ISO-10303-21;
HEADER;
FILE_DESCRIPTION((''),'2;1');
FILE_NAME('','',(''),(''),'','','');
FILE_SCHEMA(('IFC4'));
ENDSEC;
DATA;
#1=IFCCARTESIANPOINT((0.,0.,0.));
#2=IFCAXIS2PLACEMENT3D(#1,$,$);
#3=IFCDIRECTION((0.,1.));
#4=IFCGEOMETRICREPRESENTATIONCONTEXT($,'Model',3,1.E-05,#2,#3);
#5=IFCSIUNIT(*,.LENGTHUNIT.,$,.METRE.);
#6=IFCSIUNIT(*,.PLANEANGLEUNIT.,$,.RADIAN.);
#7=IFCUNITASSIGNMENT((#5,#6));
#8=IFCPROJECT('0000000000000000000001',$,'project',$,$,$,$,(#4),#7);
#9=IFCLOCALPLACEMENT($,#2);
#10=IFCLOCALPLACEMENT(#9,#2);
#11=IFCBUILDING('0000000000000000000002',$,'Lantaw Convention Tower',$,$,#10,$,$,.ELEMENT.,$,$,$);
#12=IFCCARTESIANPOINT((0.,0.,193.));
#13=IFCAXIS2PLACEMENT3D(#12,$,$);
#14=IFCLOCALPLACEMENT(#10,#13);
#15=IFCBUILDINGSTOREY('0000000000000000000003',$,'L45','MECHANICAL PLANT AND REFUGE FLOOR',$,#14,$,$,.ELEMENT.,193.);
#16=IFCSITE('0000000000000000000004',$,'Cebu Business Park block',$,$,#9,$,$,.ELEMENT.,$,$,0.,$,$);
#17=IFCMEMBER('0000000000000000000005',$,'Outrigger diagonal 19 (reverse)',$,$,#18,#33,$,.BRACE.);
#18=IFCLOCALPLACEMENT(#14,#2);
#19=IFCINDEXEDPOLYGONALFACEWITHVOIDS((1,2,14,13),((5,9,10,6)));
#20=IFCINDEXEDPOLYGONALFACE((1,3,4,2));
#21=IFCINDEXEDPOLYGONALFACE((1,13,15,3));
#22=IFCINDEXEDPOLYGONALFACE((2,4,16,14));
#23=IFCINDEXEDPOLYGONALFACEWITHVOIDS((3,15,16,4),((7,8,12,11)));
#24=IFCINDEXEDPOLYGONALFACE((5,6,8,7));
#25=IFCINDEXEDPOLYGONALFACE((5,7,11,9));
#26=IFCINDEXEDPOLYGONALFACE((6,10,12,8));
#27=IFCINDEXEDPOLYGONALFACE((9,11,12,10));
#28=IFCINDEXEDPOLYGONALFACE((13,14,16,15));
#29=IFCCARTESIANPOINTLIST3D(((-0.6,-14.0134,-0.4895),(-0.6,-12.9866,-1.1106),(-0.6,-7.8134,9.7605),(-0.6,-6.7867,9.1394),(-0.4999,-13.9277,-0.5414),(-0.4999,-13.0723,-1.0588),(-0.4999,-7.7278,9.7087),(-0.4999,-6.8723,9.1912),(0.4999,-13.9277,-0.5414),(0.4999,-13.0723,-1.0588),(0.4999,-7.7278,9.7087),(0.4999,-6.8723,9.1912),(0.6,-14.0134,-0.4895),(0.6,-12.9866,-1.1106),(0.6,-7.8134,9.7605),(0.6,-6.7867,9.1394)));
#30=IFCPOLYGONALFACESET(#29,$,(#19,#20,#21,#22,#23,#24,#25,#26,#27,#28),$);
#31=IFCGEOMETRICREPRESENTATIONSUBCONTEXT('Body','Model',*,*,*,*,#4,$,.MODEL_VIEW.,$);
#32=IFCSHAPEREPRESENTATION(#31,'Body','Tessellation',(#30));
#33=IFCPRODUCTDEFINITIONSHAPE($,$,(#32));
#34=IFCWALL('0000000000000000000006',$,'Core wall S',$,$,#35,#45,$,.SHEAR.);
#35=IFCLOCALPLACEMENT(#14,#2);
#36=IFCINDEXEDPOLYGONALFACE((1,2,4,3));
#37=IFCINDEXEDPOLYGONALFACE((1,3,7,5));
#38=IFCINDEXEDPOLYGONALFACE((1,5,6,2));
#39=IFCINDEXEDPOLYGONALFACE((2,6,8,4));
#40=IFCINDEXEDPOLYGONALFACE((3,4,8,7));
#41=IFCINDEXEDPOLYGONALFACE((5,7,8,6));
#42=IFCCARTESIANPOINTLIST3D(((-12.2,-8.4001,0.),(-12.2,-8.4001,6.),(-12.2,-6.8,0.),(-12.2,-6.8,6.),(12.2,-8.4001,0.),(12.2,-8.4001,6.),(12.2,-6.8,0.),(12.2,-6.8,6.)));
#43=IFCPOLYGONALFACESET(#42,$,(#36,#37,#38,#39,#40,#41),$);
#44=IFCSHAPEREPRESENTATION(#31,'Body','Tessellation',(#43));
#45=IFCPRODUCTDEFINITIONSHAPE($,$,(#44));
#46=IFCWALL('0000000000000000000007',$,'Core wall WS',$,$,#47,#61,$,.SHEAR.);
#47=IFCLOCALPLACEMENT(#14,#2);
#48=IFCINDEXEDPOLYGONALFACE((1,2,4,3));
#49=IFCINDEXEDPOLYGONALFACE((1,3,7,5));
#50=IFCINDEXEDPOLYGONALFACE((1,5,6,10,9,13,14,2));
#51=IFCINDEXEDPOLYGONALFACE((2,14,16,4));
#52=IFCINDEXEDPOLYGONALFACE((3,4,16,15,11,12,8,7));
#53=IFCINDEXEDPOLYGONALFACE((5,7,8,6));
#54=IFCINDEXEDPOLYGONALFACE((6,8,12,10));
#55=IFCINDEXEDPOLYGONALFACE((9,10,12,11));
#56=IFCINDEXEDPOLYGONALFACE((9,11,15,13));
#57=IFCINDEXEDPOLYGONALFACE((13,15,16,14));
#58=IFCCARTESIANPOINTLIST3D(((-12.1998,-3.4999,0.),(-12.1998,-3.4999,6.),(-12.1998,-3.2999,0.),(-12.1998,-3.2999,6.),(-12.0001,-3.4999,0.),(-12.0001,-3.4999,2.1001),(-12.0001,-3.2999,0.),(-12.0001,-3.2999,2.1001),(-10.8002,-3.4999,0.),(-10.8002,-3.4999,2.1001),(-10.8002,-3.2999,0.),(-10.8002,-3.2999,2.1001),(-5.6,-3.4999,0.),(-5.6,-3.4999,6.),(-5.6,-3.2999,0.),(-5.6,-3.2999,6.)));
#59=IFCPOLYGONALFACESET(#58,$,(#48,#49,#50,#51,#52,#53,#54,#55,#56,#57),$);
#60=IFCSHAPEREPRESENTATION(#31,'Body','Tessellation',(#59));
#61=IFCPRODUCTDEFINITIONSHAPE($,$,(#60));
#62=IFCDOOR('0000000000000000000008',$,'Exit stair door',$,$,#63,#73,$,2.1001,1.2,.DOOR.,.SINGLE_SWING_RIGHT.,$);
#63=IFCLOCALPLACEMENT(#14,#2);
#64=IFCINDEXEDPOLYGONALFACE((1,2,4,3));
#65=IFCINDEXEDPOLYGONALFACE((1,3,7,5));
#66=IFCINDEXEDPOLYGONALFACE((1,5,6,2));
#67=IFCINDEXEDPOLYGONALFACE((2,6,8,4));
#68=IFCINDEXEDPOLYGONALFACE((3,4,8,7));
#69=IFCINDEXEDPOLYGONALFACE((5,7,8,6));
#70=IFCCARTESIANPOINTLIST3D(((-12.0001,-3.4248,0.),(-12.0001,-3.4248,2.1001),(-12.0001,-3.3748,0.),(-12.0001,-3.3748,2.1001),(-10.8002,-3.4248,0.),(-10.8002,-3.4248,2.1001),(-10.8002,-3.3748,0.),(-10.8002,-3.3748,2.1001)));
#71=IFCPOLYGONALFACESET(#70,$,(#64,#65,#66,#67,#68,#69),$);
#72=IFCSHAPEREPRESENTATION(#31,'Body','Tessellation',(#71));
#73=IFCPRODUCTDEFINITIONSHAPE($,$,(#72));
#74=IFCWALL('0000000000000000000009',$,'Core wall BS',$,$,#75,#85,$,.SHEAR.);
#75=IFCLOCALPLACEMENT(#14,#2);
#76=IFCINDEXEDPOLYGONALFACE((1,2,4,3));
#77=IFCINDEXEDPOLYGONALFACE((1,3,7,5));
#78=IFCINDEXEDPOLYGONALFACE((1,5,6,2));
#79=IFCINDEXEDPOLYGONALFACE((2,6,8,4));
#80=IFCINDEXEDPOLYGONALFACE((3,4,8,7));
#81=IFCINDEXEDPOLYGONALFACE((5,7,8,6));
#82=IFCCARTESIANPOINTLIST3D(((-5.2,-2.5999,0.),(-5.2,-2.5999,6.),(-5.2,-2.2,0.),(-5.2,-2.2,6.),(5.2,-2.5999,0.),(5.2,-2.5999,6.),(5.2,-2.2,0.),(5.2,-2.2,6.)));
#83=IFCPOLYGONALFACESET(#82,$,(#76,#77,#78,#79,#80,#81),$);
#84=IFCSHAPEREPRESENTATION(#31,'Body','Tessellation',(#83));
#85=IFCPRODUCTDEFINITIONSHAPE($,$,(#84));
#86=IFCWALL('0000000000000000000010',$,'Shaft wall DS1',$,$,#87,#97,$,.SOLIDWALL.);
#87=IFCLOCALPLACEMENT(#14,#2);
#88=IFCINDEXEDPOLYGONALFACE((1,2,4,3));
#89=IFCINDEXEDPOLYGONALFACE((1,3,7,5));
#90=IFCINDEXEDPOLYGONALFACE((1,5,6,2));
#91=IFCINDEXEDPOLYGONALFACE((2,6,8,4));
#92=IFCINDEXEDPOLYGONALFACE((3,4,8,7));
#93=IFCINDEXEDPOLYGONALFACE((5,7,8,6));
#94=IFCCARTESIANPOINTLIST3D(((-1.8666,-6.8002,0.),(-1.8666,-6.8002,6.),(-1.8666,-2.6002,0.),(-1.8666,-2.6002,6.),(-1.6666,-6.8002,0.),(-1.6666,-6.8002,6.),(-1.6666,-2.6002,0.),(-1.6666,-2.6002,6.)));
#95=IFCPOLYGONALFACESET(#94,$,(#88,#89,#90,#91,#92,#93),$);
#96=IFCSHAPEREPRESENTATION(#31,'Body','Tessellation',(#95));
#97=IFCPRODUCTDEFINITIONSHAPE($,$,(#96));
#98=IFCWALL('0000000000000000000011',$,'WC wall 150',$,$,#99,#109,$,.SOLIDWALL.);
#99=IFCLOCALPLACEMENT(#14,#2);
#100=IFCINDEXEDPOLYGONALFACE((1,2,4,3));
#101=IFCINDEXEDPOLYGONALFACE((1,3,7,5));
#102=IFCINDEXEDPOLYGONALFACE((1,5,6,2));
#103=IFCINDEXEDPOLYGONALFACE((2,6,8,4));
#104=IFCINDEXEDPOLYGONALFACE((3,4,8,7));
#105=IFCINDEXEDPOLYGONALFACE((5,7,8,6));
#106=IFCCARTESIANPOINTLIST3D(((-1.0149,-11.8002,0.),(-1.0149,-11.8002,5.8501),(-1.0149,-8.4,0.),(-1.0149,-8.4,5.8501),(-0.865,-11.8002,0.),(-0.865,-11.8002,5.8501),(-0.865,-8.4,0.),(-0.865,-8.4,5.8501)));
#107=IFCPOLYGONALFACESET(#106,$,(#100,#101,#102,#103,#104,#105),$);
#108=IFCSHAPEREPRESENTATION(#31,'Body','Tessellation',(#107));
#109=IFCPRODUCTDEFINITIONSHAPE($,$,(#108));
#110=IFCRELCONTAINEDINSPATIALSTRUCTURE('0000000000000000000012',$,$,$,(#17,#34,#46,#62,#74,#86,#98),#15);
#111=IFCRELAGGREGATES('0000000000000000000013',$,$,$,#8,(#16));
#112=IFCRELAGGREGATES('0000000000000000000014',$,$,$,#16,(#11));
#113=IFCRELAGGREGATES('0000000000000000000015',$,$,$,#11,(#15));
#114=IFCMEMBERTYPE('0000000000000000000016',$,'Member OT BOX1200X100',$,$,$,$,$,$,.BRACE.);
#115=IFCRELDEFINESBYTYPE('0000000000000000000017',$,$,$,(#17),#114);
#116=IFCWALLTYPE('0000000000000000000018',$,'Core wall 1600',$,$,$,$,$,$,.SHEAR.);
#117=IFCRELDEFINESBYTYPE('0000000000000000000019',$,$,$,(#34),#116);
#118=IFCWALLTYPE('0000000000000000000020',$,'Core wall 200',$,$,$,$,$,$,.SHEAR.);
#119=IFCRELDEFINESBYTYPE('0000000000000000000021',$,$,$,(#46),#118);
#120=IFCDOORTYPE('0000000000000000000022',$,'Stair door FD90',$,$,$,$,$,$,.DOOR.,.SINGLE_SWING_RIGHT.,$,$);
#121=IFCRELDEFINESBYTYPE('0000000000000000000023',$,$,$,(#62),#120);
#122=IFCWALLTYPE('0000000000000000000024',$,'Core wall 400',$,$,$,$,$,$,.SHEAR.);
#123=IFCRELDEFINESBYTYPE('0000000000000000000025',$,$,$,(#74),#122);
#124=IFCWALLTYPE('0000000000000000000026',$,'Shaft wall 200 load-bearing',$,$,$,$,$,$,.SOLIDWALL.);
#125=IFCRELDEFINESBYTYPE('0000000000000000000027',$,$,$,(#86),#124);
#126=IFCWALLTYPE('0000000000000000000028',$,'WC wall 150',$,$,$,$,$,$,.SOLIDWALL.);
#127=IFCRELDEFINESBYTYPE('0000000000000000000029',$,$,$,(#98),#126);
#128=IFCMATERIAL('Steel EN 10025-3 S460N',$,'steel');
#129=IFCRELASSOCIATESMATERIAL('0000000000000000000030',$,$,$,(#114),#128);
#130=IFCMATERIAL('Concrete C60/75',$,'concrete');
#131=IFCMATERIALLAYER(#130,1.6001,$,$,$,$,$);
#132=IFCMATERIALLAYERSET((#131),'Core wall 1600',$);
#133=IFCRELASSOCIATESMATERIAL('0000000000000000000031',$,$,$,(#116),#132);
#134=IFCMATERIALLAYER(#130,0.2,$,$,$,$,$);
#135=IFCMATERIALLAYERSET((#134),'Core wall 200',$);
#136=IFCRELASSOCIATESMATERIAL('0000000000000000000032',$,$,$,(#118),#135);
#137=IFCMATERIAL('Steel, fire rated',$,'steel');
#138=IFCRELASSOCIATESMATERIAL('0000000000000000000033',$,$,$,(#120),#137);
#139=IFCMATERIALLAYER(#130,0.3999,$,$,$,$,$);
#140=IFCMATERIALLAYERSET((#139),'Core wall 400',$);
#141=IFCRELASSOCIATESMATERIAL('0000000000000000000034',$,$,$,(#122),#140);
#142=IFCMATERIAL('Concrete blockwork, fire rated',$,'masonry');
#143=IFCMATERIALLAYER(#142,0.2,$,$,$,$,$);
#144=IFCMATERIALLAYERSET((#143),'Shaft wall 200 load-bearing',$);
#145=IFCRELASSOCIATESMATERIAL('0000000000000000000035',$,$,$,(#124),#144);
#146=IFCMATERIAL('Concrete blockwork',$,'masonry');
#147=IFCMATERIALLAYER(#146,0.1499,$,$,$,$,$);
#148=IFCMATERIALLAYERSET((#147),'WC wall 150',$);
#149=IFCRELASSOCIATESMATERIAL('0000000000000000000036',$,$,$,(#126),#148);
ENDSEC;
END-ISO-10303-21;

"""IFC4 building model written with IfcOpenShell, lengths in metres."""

from ifc_helpers import new_model, si_unit, direction, frame, frame_2d, origin, origin_2d, place, context, subcontext, project, spatial, rectangle, hollow_rectangle, extrude, material, layer, layer_set, material_profile, profile_set, type_object, element, fill, save


model = new_model("IFC4")

# Units and contexts
model_context = context("Model", 3, precision=1e-05, world=origin(), true_north=direction((0.0, 1.0)))
body_context = subcontext(model_context, "Body", "Model", "MODEL_VIEW")
ifc_project = project(units=[si_unit("LENGTHUNIT", "METRE"), si_unit("PLANEANGLEUNIT", "RADIAN")], contexts=[model_context])

# Site, building, storey
site_placement = place(None, origin())
site = spatial("IfcSite", under=ifc_project, at=site_placement, Name="Cebu Business Park block", CompositionType="ELEMENT", RefElevation=0.0)
building_placement = place(site_placement, origin())
building = spatial("IfcBuilding", under=site, at=building_placement, Name="Lantaw Convention Tower", CompositionType="ELEMENT")
storey_placement = place(building_placement, frame((0.0, 0.0, 193.0)))
storey = spatial("IfcBuildingStorey", under=building, at=storey_placement, Name="L45", Description="MECHANICAL PLANT AND REFUGE FLOOR", CompositionType="ELEMENT", Elevation=193.0)

# Shared definitions
ifc_material_1 = material(Name="Steel EN 10025-3 S460N", Category="steel")

# Member
ifc_material_profile_1 = material_profile(ifc_material_1, hollow_rectangle(XDim=1.2, YDim=1.2, WallThickness=0.1001, at=origin_2d()), Name="BOX1200X100")
ifc_profile_set_1 = profile_set([ifc_material_profile_1], Name="Steel EN 10025-3 S460N")
member_type = type_object("IfcMemberType", Name="Member OT BOX1200X100", PredefinedType="BRACE", material=ifc_profile_set_1)
member_1_placement = place(storey_placement, frame((0.0, -7.3, 9.45), z_axis=(0.0, -0.517559, -0.855648), x_axis=(1.0, 0.0, 0.0)))
element("IfcMember", 1, at=member_1_placement, inside=storey, type_object=member_type, Name="Outrigger diagonal 19 (reverse)", PredefinedType="BRACE", context=body_context, shape_type="SweptSolid", body=[
    extrude(hollow_rectangle(XDim=1.2, YDim=1.2, WallThickness=0.1001, at=origin_2d()), origin(), (0.0, 0.0, 1.0), 11.9792),
])

# Wall
ifc_material_2 = material(Name="Concrete C60/75", Category="concrete")
ifc_layer_1 = layer(ifc_material_2, 1.6001)
ifc_layer_set_1 = layer_set([ifc_layer_1], Name="Core wall 1600")
wall_type_1 = type_object("IfcWallType", Name="Core wall 1600", PredefinedType="SHEAR", material=ifc_layer_set_1)
wall_1_placement = place(storey_placement, frame((-12.2, -7.6001, 0.0), z_axis=(0.0, 0.0, 1.0), x_axis=(1.0, 0.0, 0.0)))
element("IfcWall", 2, at=wall_1_placement, inside=storey, type_object=wall_type_1, Name="Core wall S", PredefinedType="SHEAR", context=body_context, shape_type="SweptSolid", body=[
    extrude(rectangle(XDim=24.3999, YDim=1.6001, at=frame_2d((12.2, 0.0))), origin(), (0.0, 0.0, 1.0), 6.0),
])

# Wall, opening, door
ifc_layer_2 = layer(ifc_material_2, 0.2)
ifc_layer_set_2 = layer_set([ifc_layer_2], Name="Core wall 200")
wall_type_2 = type_object("IfcWallType", Name="Core wall 200", PredefinedType="SHEAR", material=ifc_layer_set_2)
wall_2_placement = place(storey_placement, frame((-5.6001, -3.3999, 0.0), z_axis=(0.0, 0.0, 1.0), x_axis=(-1.0, 0.0, 0.0)))
wall_2 = element("IfcWall", 3, at=wall_2_placement, inside=storey, type_object=wall_type_2, Name="Core wall WS", PredefinedType="SHEAR", context=body_context, shape_type="SweptSolid", body=[
    extrude(rectangle(XDim=6.5999, YDim=0.2, at=frame_2d((3.2998, 0.0))), origin(), (0.0, 0.0, 1.0), 6.0),
])
opening_placement = place(wall_2_placement, frame((5.2, 0.0, 0.0)))
opening = element("IfcOpeningElement", 4, at=opening_placement, cuts=wall_2, PredefinedType="OPENING", context=body_context, shape_type="SweptSolid", body=[
    extrude(rectangle(XDim=1.2, YDim=2.1001, at=frame_2d((0.6001, 1.05))), frame((0.0, 0.1099, 0.0), z_axis=(0.0, -1.0, 0.0), x_axis=(1.0, 0.0, 0.0)), (0.0, 0.0, 1.0), 0.22),
])
ifc_material_3 = material(Name="Steel, fire rated", Category="steel")
door_type = type_object("IfcDoorType", Name="Stair door FD90", OperationType="SINGLE_SWING_RIGHT", PredefinedType="DOOR", material=ifc_material_3)
door_placement = place(opening_placement, origin())
door = element("IfcDoor", 5, at=door_placement, inside=storey, type_object=door_type, Name="Exit stair door", OperationType="SINGLE_SWING_RIGHT", OverallHeight=2.1001, OverallWidth=1.2, PredefinedType="DOOR", context=body_context, shape_type="SweptSolid", body=[
    extrude(rectangle(XDim=1.2, YDim=2.1001, at=frame_2d((0.6001, 1.05))), frame((0.0, 0.0249, 0.0), z_axis=(0.0, -1.0, 0.0), x_axis=(1.0, 0.0, 0.0)), (0.0, 0.0, 1.0), 0.05),
])
fill(opening, door)

# Walls
ifc_layer_3 = layer(ifc_material_2, 0.3999)
ifc_layer_set_3 = layer_set([ifc_layer_3], Name="Core wall 400")
wall_type_3 = type_object("IfcWallType", Name="Core wall 400", PredefinedType="SHEAR", material=ifc_layer_set_3)
wall_3_placement = place(storey_placement, frame((-5.2, -2.3999, 0.0), z_axis=(0.0, 0.0, 1.0), x_axis=(1.0, 0.0, 0.0)))
element("IfcWall", 6, at=wall_3_placement, inside=storey, type_object=wall_type_3, Name="Core wall BS", PredefinedType="SHEAR", context=body_context, shape_type="SweptSolid", body=[
    extrude(rectangle(XDim=10.3999, YDim=0.3999, at=frame_2d((5.2, 0.0))), origin(), (0.0, 0.0, 1.0), 6.0),
])
ifc_material_4 = material(Name="Concrete blockwork, fire rated", Category="masonry")
ifc_layer_4 = layer(ifc_material_4, 0.2)
ifc_layer_set_4 = layer_set([ifc_layer_4], Name="Shaft wall 200 load-bearing")
wall_type_4 = type_object("IfcWallType", Name="Shaft wall 200 load-bearing", PredefinedType="SOLIDWALL", material=ifc_layer_set_4)
wall_4_placement = place(storey_placement, frame((-1.7666, -2.6001, 0.0), z_axis=(0.0, 0.0, 1.0), x_axis=(0.0, -1.0, 0.0)))
element("IfcWall", 7, at=wall_4_placement, inside=storey, type_object=wall_type_4, Name="Shaft wall DS1", PredefinedType="SOLIDWALL", context=body_context, shape_type="SweptSolid", body=[
    extrude(rectangle(XDim=4.2, YDim=0.2, at=frame_2d((2.1001, 0.0))), origin(), (0.0, 0.0, 1.0), 6.0),
])
ifc_material_5 = material(Name="Concrete blockwork", Category="masonry")
ifc_layer_5 = layer(ifc_material_5, 0.1499)
ifc_layer_set_5 = layer_set([ifc_layer_5], Name="WC wall 150")
wall_type_5 = type_object("IfcWallType", Name="WC wall 150", PredefinedType="SOLIDWALL", material=ifc_layer_set_5)
wall_5_placement = place(storey_placement, frame((-0.9399, -8.3999, 0.0), z_axis=(0.0, 0.0, 1.0), x_axis=(0.0, -1.0, 0.0)))
element("IfcWall", 8, at=wall_5_placement, inside=storey, type_object=wall_type_5, Name="WC wall 150", PredefinedType="SOLIDWALL", context=body_context, shape_type="SweptSolid", body=[
    extrude(rectangle(XDim=3.4001, YDim=0.1499, at=frame_2d((1.7002, 0.0))), origin(), (0.0, 0.0, 1.0), 5.8501),
])

save(model, "model.ifc")
